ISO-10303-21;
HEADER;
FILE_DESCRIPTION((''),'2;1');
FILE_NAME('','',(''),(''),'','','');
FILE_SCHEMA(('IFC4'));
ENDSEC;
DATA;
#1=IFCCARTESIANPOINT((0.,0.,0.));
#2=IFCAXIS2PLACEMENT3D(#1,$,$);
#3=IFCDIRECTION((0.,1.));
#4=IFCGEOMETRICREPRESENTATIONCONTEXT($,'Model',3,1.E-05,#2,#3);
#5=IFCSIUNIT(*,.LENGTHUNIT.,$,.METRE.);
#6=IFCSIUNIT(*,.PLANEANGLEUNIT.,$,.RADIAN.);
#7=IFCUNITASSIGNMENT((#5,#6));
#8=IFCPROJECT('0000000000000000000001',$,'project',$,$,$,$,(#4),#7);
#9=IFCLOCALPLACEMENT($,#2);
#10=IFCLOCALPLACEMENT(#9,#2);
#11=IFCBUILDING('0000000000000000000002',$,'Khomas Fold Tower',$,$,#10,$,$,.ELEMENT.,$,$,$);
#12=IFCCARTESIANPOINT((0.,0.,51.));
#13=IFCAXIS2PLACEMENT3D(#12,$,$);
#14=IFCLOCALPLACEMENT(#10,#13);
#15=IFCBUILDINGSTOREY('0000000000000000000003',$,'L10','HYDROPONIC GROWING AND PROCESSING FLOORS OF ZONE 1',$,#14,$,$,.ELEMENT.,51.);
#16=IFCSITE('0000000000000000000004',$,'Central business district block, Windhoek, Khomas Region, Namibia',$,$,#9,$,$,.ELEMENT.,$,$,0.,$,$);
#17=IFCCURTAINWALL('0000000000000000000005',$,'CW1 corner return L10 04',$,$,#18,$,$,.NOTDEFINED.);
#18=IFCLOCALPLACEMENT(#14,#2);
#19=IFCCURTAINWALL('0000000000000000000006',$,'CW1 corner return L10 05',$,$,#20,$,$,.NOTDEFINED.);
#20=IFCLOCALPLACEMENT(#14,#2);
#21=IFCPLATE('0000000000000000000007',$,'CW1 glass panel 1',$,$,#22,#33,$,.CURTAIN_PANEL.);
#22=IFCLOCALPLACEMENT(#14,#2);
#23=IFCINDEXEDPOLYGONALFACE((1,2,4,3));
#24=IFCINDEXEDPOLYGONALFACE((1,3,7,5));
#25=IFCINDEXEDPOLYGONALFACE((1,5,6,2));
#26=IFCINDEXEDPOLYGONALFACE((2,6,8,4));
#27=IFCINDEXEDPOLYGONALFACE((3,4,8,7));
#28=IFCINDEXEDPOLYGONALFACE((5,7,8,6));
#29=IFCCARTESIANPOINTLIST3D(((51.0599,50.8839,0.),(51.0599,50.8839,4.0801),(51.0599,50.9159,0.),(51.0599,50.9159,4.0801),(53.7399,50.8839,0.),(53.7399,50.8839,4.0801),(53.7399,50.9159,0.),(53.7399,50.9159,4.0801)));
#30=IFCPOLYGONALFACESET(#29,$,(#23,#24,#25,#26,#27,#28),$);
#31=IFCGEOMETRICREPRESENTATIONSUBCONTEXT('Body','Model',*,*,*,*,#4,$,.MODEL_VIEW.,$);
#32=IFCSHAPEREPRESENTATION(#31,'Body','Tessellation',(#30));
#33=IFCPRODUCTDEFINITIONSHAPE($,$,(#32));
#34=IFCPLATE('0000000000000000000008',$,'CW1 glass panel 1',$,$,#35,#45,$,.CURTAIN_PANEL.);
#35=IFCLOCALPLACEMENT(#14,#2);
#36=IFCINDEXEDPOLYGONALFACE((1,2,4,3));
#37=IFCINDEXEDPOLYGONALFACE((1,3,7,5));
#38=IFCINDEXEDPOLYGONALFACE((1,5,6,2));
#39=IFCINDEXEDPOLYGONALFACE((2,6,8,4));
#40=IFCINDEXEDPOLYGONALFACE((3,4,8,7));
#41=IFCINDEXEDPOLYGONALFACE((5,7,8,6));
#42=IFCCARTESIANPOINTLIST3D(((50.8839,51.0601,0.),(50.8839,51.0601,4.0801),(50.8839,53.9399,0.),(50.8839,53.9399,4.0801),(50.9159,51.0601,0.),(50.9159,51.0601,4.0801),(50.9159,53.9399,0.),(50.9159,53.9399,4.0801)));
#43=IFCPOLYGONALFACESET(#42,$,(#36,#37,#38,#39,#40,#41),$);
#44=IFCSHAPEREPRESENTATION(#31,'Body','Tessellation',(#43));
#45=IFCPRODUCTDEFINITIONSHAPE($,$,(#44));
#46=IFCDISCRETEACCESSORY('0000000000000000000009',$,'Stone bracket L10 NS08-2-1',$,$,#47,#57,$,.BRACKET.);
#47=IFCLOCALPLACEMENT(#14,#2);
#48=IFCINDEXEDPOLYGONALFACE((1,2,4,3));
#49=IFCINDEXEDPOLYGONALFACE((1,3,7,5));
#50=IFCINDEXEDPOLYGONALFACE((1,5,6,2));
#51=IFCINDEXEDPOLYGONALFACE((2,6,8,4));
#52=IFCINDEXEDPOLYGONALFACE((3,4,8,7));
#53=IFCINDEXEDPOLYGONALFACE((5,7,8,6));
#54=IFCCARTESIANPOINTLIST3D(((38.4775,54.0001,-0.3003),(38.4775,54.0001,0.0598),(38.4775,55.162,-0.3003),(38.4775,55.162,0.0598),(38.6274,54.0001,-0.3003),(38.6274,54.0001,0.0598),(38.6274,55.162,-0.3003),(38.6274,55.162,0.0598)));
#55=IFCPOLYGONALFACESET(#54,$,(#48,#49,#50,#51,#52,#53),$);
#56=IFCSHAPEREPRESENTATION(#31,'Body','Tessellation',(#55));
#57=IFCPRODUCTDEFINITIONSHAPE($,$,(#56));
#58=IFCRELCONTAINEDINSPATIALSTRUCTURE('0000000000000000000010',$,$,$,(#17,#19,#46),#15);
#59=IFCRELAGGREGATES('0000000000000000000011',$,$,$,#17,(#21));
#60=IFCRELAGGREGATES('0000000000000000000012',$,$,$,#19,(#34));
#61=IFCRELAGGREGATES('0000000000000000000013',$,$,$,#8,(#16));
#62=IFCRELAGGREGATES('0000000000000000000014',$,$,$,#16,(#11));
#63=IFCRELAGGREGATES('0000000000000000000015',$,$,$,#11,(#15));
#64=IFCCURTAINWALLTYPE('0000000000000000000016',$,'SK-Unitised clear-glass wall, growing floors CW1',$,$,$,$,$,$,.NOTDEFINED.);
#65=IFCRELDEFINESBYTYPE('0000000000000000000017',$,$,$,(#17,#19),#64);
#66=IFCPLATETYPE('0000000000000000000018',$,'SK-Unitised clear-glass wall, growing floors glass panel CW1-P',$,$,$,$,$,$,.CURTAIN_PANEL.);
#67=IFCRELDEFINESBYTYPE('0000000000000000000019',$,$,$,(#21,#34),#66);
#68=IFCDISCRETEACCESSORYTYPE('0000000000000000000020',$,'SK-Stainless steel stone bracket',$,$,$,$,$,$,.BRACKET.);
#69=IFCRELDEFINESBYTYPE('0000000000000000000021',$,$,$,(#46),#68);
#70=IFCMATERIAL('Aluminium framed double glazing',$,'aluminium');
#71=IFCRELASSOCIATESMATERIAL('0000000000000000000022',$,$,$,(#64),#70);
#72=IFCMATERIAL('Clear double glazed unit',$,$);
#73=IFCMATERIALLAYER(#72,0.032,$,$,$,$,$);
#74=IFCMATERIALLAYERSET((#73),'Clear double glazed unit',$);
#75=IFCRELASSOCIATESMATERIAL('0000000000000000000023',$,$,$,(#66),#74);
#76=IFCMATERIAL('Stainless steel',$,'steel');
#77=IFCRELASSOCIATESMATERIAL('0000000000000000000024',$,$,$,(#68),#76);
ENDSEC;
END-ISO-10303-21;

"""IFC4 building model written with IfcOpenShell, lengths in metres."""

from ifc_helpers import new_model, si_unit, direction, frame, origin, origin_2d, place, context, subcontext, project, spatial, rectangle, extrude, source, transform, mapped, material, layer, layer_set, type_object, element, aggregate, save


model = new_model("IFC4")

# Units and contexts
model_context = context("Model", 3, precision=1e-05, world=origin(), true_north=direction((0.0, 1.0)))
body_context = subcontext(model_context, "Body", "Model", "MODEL_VIEW")
ifc_project = project(units=[si_unit("LENGTHUNIT", "METRE"), si_unit("PLANEANGLEUNIT", "RADIAN")], contexts=[model_context])

# Site, building, storey
site_placement = place(None, origin())
site = spatial("IfcSite", under=ifc_project, at=site_placement, Name="Central business district block, Windhoek, Khomas Region, Namibia", CompositionType="ELEMENT", RefElevation=0.0)
building_placement = place(site_placement, origin())
building = spatial("IfcBuilding", under=site, at=building_placement, Name="Khomas Fold Tower", CompositionType="ELEMENT")
storey_placement = place(building_placement, frame((0.0, 0.0, 51.0)))
storey = spatial("IfcBuildingStorey", under=building, at=storey_placement, Name="L10", Description="HYDROPONIC GROWING AND PROCESSING FLOORS OF ZONE 1", CompositionType="ELEMENT", Elevation=51.0)

# Shared definitions
ifc_material_1 = material(Name="Aluminium framed double glazing", Category="aluminium")
curtain_wall_type = type_object("IfcCurtainWallType", Name="SK-Unitised clear-glass wall, growing floors CW1", PredefinedType="NOTDEFINED", material=ifc_material_1)

# Curtain walls
curtain_wall_1_placement = place(storey_placement, origin())
curtain_wall_1 = element("IfcCurtainWall", 1, at=curtain_wall_1_placement, inside=storey, type_object=curtain_wall_type, Name="CW1 corner return L10 04", PredefinedType="NOTDEFINED")
curtain_wall_2_placement = place(storey_placement, origin())
curtain_wall_2 = element("IfcCurtainWall", 2, at=curtain_wall_2_placement, inside=storey, type_object=curtain_wall_type, Name="CW1 corner return L10 05", PredefinedType="NOTDEFINED")

# Plates
ifc_material_2 = material(Name="Clear double glazed unit")
ifc_layer = layer(ifc_material_2, 0.032)
ifc_layer_set = layer_set([ifc_layer], Name="Clear double glazed unit")
plate_type = type_object("IfcPlateType", Name="SK-Unitised clear-glass wall, growing floors glass panel CW1-P", PredefinedType="CURTAIN_PANEL", material=ifc_layer_set)
shared_shape_1 = source(origin(), body_context, "Body", "SweptSolid", [
    extrude(rectangle(XDim=2.6799, YDim=0.032, at=origin_2d()), origin(), (0.0, 0.0, 1.0), 4.0801),
])
plate_1_placement = place(storey_placement, frame((52.3999, 50.8999, 0.0), z_axis=(0.0, 0.0, 1.0), x_axis=(-1.0, 0.0, 0.0)))
plate_1 = element("IfcPlate", 3, at=plate_1_placement, type_object=plate_type, Name="CW1 glass panel 1", PredefinedType="CURTAIN_PANEL", context=body_context, shape_type="MappedRepresentation", body=[
    mapped(shared_shape_1, transform((0.0, 0.0, 0.0))),
])
aggregate(curtain_wall_1, [plate_1])
shared_shape_2 = source(origin(), body_context, "Body", "SweptSolid", [
    extrude(rectangle(XDim=2.8799, YDim=0.032, at=origin_2d()), origin(), (0.0, 0.0, 1.0), 4.0801),
])
plate_2_placement = place(storey_placement, frame((50.8999, 52.5, 0.0), z_axis=(0.0, 0.0, 1.0), x_axis=(0.0, 1.0, 0.0)))
plate_2 = element("IfcPlate", 4, at=plate_2_placement, type_object=plate_type, Name="CW1 glass panel 1", PredefinedType="CURTAIN_PANEL", context=body_context, shape_type="MappedRepresentation", body=[
    mapped(shared_shape_2, transform((0.0, 0.0, 0.0))),
])
aggregate(curtain_wall_2, [plate_2])

# Discrete accessory
ifc_material_3 = material(Name="Stainless steel", Category="steel")
discrete_accessory_type = type_object("IfcDiscreteAccessoryType", Name="SK-Stainless steel stone bracket", PredefinedType="BRACKET", material=ifc_material_3)
shared_shape_3 = source(origin(), body_context, "Body", "SweptSolid", [
    extrude(rectangle(XDim=1.1619, YDim=0.1499, at=origin_2d()), origin(), (0.0, 0.0, 1.0), 0.3601),
])
discrete_accessory_placement = place(storey_placement, frame((38.5525, 54.5811, -0.3003), z_axis=(0.0, 0.0, 1.0), x_axis=(0.0, 1.0, 0.0)))
element("IfcDiscreteAccessory", 5, at=discrete_accessory_placement, inside=storey, type_object=discrete_accessory_type, Name="Stone bracket L10 NS08-2-1", PredefinedType="BRACKET", context=body_context, shape_type="MappedRepresentation", body=[
    mapped(shared_shape_3, transform((0.0, 0.0, 0.0))),
])

save(model, "model.ifc")
